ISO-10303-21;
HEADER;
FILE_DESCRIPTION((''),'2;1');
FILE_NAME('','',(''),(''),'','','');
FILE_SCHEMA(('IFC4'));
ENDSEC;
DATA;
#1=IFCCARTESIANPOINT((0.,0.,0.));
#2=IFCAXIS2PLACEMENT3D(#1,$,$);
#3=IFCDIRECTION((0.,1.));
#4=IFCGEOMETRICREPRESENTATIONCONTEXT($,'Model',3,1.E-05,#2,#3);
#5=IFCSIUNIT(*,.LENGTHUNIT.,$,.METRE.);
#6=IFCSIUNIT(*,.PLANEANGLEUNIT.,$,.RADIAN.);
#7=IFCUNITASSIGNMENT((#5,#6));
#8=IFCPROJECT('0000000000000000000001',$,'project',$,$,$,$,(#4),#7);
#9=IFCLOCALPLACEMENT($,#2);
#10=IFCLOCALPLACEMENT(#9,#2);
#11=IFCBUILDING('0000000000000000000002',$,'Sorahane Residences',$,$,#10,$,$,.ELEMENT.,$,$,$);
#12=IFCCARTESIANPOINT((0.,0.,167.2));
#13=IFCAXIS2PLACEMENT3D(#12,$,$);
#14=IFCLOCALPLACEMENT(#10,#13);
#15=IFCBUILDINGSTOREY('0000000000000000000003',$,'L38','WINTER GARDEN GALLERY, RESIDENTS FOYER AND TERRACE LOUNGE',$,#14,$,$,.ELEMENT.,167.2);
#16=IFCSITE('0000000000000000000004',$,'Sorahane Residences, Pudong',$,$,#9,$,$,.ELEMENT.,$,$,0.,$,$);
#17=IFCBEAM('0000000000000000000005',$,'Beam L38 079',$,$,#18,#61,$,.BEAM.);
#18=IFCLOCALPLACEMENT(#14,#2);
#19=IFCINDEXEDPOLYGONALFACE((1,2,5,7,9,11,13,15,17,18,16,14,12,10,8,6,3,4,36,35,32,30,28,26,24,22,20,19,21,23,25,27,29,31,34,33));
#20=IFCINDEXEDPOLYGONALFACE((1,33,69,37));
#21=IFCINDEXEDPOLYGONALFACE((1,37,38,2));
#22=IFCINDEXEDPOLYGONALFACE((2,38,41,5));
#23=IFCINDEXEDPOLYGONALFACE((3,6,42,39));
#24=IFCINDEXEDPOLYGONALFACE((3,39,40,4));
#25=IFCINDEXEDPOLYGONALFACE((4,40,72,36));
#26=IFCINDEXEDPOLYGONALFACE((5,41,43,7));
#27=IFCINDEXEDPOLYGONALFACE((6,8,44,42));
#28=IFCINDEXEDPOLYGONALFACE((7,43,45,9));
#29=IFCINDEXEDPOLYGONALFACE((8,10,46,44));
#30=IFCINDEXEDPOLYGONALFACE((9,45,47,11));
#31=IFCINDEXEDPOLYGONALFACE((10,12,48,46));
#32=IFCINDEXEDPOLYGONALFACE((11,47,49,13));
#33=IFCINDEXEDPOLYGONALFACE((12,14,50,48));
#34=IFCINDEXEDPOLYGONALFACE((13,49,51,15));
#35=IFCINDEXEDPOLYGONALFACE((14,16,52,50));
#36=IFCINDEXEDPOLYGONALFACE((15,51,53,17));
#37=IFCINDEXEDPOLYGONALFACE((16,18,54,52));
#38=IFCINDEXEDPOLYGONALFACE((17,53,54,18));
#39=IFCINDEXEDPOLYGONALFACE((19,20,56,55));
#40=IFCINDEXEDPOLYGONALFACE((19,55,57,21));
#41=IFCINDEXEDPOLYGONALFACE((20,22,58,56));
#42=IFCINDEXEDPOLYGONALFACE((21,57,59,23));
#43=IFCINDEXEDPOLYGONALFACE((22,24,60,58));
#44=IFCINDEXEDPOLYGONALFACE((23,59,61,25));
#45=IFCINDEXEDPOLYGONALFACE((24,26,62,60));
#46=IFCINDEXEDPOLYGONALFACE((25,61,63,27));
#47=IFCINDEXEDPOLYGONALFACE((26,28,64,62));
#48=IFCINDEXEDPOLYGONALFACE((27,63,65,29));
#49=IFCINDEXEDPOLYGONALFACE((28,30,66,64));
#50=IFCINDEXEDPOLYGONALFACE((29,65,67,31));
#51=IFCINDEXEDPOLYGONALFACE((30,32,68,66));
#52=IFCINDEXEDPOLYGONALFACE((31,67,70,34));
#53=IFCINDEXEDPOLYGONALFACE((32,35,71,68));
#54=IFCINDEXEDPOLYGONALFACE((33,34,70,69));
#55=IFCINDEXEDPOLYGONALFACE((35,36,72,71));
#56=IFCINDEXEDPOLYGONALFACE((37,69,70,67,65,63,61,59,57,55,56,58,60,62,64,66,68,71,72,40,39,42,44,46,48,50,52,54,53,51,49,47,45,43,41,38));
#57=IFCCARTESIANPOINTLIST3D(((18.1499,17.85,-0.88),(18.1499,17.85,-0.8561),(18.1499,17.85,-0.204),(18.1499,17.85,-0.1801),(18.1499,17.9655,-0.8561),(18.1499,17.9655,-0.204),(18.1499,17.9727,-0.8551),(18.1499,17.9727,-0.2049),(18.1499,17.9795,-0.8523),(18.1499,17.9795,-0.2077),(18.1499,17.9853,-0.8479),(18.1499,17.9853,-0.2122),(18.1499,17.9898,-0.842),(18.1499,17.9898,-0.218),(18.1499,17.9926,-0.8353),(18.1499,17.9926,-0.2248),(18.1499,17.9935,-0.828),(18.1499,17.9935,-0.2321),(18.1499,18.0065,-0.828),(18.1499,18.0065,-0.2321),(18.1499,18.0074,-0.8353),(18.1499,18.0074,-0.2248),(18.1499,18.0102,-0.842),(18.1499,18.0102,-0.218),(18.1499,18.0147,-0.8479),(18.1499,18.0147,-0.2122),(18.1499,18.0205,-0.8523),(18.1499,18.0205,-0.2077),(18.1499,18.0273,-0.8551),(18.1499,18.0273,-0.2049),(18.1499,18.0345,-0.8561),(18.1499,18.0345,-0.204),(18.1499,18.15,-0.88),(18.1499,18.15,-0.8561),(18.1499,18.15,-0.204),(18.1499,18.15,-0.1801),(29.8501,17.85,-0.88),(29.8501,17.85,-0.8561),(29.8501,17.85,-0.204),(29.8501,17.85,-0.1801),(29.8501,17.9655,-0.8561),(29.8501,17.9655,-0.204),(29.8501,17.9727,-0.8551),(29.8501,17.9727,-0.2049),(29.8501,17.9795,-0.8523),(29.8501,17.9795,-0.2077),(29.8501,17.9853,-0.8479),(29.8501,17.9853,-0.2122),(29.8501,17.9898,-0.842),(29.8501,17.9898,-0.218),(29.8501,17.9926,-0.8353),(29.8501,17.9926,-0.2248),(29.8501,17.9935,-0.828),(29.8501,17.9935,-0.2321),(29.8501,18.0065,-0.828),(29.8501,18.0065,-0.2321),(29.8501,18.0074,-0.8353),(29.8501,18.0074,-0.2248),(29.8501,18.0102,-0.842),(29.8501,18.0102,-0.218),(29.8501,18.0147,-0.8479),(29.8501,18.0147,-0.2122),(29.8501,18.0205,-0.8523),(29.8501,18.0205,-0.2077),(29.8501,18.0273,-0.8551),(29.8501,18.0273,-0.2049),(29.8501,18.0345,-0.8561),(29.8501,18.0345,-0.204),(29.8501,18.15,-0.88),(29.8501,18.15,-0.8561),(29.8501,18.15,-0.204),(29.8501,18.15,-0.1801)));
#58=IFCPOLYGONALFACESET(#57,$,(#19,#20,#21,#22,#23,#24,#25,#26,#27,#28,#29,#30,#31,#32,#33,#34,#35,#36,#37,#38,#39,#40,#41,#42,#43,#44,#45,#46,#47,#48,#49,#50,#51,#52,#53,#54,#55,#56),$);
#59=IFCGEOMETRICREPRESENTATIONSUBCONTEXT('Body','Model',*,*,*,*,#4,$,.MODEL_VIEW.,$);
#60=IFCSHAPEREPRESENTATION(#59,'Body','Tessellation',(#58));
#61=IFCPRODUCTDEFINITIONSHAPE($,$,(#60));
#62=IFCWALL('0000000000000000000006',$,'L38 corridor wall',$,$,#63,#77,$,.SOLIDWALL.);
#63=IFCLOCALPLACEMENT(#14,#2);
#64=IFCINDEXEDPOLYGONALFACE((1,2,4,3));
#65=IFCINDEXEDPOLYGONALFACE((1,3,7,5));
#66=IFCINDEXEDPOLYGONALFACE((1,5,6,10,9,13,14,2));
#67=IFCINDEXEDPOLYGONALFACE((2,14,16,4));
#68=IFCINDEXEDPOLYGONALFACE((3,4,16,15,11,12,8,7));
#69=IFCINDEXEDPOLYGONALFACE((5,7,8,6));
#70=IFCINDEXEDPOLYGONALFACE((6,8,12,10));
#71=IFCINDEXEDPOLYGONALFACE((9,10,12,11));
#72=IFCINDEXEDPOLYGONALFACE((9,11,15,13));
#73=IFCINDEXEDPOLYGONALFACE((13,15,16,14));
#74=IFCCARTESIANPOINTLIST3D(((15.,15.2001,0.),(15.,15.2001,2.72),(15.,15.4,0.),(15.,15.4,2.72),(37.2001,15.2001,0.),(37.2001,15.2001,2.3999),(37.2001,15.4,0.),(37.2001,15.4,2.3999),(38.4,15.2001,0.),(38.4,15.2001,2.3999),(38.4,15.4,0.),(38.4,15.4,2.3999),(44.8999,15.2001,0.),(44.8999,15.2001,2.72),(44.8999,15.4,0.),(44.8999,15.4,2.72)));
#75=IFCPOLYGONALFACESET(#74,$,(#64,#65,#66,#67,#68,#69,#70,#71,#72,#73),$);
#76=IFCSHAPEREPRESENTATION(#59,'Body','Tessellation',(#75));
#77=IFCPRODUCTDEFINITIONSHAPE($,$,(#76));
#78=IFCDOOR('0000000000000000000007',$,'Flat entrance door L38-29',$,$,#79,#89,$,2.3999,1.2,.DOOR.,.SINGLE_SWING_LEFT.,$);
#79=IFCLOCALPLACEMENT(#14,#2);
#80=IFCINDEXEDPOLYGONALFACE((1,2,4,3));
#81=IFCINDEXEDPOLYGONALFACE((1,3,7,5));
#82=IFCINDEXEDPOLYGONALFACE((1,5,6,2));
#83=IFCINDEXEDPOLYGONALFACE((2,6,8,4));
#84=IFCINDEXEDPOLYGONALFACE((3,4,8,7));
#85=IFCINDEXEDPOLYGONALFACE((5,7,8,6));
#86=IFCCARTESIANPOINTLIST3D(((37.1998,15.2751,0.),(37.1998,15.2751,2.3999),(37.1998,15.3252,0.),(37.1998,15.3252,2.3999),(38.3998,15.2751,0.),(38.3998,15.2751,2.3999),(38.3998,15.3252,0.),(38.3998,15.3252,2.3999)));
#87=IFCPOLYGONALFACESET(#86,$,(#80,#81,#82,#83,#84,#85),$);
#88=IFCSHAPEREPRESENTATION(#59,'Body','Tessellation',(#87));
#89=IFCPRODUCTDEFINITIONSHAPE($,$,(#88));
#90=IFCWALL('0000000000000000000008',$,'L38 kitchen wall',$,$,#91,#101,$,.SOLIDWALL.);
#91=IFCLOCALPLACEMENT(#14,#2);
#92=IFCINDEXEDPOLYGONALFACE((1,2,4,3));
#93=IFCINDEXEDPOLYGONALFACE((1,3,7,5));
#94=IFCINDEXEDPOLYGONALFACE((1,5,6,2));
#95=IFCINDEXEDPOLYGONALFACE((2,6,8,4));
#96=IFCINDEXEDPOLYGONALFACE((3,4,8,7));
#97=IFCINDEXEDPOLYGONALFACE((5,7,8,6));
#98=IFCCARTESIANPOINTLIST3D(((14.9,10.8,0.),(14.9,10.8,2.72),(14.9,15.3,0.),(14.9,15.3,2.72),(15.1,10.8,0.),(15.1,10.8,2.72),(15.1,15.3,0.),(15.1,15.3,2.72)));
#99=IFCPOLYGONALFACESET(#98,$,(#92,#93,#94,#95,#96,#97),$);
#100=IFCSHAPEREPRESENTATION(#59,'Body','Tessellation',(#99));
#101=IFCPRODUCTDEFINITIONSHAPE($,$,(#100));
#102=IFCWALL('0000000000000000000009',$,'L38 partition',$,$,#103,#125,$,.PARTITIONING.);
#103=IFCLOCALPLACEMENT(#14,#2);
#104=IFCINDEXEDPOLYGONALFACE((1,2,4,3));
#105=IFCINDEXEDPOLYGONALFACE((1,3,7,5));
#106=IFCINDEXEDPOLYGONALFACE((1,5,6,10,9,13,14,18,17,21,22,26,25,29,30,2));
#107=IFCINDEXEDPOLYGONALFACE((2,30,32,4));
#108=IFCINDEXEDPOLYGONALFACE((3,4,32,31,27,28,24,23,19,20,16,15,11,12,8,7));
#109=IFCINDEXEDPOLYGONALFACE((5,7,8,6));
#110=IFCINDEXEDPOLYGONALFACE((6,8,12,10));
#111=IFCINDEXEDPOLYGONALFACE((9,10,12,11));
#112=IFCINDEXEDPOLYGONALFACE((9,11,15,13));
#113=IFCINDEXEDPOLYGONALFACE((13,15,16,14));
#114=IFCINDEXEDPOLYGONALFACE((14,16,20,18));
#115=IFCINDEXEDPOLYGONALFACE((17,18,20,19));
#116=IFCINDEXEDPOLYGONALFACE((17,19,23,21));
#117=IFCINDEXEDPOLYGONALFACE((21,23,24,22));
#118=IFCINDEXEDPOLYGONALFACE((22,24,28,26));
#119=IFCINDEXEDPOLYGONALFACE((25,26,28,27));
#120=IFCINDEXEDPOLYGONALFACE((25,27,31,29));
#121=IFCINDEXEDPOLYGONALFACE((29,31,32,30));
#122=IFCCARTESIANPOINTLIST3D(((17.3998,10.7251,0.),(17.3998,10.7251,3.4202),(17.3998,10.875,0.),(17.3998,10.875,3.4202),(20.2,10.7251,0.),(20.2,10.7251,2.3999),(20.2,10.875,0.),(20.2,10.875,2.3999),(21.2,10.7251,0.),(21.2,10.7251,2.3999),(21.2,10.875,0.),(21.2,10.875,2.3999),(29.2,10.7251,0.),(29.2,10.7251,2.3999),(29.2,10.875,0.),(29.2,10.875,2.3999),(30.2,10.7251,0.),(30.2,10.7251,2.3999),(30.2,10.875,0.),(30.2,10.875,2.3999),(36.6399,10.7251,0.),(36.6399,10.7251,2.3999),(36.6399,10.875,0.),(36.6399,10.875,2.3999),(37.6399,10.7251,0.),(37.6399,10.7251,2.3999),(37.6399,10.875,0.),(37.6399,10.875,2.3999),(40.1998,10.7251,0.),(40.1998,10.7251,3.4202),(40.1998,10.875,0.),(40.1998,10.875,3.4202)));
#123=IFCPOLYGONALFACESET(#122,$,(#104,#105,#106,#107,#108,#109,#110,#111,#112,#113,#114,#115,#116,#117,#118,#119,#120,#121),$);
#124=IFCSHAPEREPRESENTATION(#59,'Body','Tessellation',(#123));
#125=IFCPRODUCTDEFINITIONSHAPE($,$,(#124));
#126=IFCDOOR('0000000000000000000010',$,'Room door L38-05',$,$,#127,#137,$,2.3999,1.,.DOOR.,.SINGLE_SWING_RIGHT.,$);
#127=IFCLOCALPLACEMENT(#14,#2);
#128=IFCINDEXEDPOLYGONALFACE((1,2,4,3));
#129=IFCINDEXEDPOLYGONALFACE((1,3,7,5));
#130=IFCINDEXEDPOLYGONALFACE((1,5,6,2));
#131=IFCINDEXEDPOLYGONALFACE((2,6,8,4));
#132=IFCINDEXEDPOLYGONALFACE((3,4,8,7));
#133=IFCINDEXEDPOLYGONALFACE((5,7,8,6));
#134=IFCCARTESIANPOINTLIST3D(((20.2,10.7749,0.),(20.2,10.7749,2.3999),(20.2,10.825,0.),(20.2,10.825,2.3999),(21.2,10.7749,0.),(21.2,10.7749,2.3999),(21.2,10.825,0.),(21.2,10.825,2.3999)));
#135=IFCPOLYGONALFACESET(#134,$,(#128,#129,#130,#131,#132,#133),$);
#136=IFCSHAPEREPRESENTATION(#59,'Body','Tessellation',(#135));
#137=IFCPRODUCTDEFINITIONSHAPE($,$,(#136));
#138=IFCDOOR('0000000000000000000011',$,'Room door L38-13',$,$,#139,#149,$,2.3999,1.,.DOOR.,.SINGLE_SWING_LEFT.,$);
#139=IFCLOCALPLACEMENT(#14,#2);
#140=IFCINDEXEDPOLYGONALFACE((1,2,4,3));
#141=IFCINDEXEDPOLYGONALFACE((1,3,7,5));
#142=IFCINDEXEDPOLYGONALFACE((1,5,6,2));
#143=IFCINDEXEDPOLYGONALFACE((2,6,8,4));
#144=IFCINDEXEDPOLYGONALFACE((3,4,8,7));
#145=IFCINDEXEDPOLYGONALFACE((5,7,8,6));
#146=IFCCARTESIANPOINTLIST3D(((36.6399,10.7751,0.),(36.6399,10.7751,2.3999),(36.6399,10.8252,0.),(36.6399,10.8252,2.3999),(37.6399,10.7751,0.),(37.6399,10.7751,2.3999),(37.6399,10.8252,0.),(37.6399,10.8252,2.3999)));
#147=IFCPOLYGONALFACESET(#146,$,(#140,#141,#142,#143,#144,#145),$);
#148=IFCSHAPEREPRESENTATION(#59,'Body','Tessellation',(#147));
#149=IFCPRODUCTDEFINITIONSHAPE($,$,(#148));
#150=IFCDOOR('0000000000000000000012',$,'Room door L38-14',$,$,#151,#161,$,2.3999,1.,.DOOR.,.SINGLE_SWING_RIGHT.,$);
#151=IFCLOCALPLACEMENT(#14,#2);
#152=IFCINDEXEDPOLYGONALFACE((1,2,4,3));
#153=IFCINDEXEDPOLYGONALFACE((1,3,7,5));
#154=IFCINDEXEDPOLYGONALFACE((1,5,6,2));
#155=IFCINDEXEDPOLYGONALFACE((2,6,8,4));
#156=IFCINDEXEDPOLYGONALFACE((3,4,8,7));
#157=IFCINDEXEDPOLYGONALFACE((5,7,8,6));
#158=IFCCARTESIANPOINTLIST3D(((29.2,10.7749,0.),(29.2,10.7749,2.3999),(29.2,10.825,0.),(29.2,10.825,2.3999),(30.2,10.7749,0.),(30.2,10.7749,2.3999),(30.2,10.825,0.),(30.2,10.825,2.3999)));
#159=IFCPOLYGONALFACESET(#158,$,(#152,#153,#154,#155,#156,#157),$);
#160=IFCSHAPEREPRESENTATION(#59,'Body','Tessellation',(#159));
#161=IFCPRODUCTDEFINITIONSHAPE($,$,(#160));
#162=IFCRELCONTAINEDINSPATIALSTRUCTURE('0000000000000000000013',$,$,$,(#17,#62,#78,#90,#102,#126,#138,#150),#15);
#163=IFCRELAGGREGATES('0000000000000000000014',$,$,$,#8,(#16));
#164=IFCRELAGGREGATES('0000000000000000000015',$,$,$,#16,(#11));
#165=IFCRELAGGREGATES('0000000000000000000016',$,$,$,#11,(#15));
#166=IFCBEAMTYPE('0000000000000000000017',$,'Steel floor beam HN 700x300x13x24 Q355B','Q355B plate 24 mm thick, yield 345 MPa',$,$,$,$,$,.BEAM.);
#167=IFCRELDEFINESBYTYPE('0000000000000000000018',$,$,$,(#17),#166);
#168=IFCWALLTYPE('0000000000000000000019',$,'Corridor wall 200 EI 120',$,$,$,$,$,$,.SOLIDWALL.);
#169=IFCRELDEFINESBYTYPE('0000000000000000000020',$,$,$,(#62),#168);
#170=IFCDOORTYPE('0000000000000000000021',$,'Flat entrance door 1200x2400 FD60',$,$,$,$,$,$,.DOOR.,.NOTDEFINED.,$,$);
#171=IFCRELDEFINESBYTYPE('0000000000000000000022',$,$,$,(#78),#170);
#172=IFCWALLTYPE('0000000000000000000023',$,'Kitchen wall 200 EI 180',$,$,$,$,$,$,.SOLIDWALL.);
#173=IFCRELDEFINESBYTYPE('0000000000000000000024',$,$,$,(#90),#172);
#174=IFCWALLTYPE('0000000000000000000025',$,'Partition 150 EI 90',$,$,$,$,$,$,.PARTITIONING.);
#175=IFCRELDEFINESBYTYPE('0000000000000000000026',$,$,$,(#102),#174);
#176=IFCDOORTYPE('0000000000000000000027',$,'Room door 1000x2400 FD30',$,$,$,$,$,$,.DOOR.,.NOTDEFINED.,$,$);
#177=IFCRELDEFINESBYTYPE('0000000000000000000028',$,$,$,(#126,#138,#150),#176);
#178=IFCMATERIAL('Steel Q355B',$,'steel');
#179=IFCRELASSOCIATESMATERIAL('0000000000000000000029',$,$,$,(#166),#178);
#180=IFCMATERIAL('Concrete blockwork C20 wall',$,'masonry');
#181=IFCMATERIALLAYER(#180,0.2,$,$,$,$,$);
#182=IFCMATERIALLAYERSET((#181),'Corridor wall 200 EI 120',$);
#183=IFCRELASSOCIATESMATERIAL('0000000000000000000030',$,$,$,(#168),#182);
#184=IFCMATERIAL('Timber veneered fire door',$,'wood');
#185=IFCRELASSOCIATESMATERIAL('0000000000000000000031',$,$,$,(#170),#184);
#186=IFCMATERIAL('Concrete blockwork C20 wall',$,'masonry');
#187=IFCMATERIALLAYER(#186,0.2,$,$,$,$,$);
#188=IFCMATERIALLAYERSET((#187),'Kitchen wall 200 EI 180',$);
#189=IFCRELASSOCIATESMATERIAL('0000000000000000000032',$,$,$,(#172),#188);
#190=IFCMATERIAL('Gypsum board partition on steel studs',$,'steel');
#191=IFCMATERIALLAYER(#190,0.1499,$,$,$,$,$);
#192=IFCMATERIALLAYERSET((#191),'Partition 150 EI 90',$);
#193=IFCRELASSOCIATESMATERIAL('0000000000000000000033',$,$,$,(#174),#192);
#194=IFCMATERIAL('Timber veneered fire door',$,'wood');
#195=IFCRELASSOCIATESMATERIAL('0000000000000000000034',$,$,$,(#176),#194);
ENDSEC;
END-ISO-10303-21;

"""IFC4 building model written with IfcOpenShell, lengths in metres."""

from ifc_helpers import new_model, si_unit, direction, frame, frame_2d, origin, origin_2d, place, context, subcontext, project, spatial, rectangle, i_section, extrude, material, layer, layer_set, material_profile, profile_set, type_object, element, fill, save


model = new_model("IFC4")

# Units and contexts
model_context = context("Model", 3, precision=1e-05, world=origin(), true_north=direction((0.0, 1.0)))
body_context = subcontext(model_context, "Body", "Model", "MODEL_VIEW")
ifc_project = project(units=[si_unit("LENGTHUNIT", "METRE"), si_unit("PLANEANGLEUNIT", "RADIAN")], contexts=[model_context])

# Site, building, storey
site_placement = place(None, origin())
site = spatial("IfcSite", under=ifc_project, at=site_placement, Name="Sorahane Residences, Pudong", CompositionType="ELEMENT", RefElevation=0.0)
building_placement = place(site_placement, origin())
building = spatial("IfcBuilding", under=site, at=building_placement, Name="Sorahane Residences", CompositionType="ELEMENT")
storey_placement = place(building_placement, frame((0.0, 0.0, 167.2)))
storey = spatial("IfcBuildingStorey", under=building, at=storey_placement, Name="L38", Description="WINTER GARDEN GALLERY, RESIDENTS FOYER AND TERRACE LOUNGE", CompositionType="ELEMENT", Elevation=167.2)

# Beam
ifc_material_1 = material(Name="Steel Q355B", Category="steel")
ifc_material_profile_1 = material_profile(ifc_material_1, i_section(OverallWidth=0.3, OverallDepth=0.7, WebThickness=0.0129, FlangeThickness=0.0239, FilletRadius=0.0281, at=origin_2d()), Name="HN 700x300x13x24")
ifc_profile_set_1 = profile_set([ifc_material_profile_1], Name="Steel Q355B")
beam_type = type_object("IfcBeamType", Name="Steel floor beam HN 700x300x13x24 Q355B", Description="Q355B plate 24 mm thick, yield 345 MPa", PredefinedType="BEAM", material=ifc_profile_set_1)
beam_1_placement = place(storey_placement, frame((18.1499, 18.0, -0.53), z_axis=(1.0, 0.0, 0.0), x_axis=(0.0, 1.0, 0.0)))
element("IfcBeam", 1, at=beam_1_placement, inside=storey, type_object=beam_type, Name="Beam L38 079", PredefinedType="BEAM", context=body_context, shape_type="SweptSolid", body=[
    extrude(i_section(OverallWidth=0.3, OverallDepth=0.7, WebThickness=0.0129, FlangeThickness=0.0239, FilletRadius=0.0281, at=origin_2d()), origin(), (0.0, 0.0, 1.0), 11.7002),
])

# Wall, opening, door
ifc_material_2 = material(Name="Concrete blockwork C20 wall", Category="masonry")
ifc_layer_1 = layer(ifc_material_2, 0.2)
ifc_layer_set_1 = layer_set([ifc_layer_1], Name="Corridor wall 200 EI 120")
wall_type_1 = type_object("IfcWallType", Name="Corridor wall 200 EI 120", PredefinedType="SOLIDWALL", material=ifc_layer_set_1)
wall_1_placement = place(storey_placement, frame((15.0, 15.3, 0.0), z_axis=(0.0, 0.0, 1.0), x_axis=(1.0, 0.0, 0.0)))
wall_1 = element("IfcWall", 2, at=wall_1_placement, inside=storey, type_object=wall_type_1, Name="L38 corridor wall", PredefinedType="SOLIDWALL", context=body_context, shape_type="SweptSolid", body=[
    extrude(rectangle(XDim=29.8999, YDim=0.2, at=frame_2d((14.95, 0.0))), origin(), (0.0, 0.0, 1.0), 2.72),
])
opening_1_placement = place(wall_1_placement, frame((22.2, 0.0, 0.0)))
opening_1 = element("IfcOpeningElement", 3, at=opening_1_placement, cuts=wall_1, PredefinedType="OPENING", context=body_context, shape_type="SweptSolid", body=[
    extrude(rectangle(XDim=1.2, YDim=2.3999, at=frame_2d((0.6001, 1.2))), frame((0.0, 0.1099, 0.0), z_axis=(0.0, -1.0, 0.0), x_axis=(1.0, 0.0, 0.0)), (0.0, 0.0, 1.0), 0.22),
])
ifc_material_3 = material(Name="Timber veneered fire door", Category="wood")
door_type_1 = type_object("IfcDoorType", Name="Flat entrance door 1200x2400 FD60", OperationType="NOTDEFINED", PredefinedType="DOOR", material=ifc_material_3)
door_1_placement = place(opening_1_placement, frame((1.2, 0.0, 0.0), z_axis=(0.0, 0.0, 1.0), x_axis=(-1.0, 0.0, 0.0)))
door_1 = element("IfcDoor", 4, at=door_1_placement, inside=storey, type_object=door_type_1, Name="Flat entrance door L38-29", OperationType="SINGLE_SWING_LEFT", OverallHeight=2.3999, OverallWidth=1.2, PredefinedType="DOOR", context=body_context, shape_type="SweptSolid", body=[
    extrude(rectangle(XDim=1.2, YDim=2.3999, at=frame_2d((0.6001, 1.2))), frame((0.0, 0.0249, 0.0), z_axis=(0.0, -1.0, 0.0), x_axis=(1.0, 0.0, 0.0)), (0.0, 0.0, 1.0), 0.05),
])
fill(opening_1, door_1)

# Wall
ifc_material_4 = material(Name="Concrete blockwork C20 wall", Category="masonry")
ifc_layer_2 = layer(ifc_material_4, 0.2)
ifc_layer_set_2 = layer_set([ifc_layer_2], Name="Kitchen wall 200 EI 180")
wall_type_2 = type_object("IfcWallType", Name="Kitchen wall 200 EI 180", PredefinedType="SOLIDWALL", material=ifc_layer_set_2)
wall_2_placement = place(storey_placement, frame((15.0, 10.8, 0.0), z_axis=(0.0, 0.0, 1.0), x_axis=(0.0, 1.0, 0.0)))
element("IfcWall", 5, at=wall_2_placement, inside=storey, type_object=wall_type_2, Name="L38 kitchen wall", PredefinedType="SOLIDWALL", context=body_context, shape_type="SweptSolid", body=[
    extrude(rectangle(XDim=4.5, YDim=0.2, at=frame_2d((2.25, 0.0))), origin(), (0.0, 0.0, 1.0), 2.72),
])

# Wall, openings, doors
ifc_material_5 = material(Name="Gypsum board partition on steel studs", Category="steel")
ifc_layer_3 = layer(ifc_material_5, 0.1499)
ifc_layer_set_3 = layer_set([ifc_layer_3], Name="Partition 150 EI 90")
wall_type_3 = type_object("IfcWallType", Name="Partition 150 EI 90", PredefinedType="PARTITIONING", material=ifc_layer_set_3)
wall_3_placement = place(storey_placement, frame((17.3999, 10.8, 0.0), z_axis=(0.0, 0.0, 1.0), x_axis=(1.0, 0.0, 0.0)))
wall_3 = element("IfcWall", 6, at=wall_3_placement, inside=storey, type_object=wall_type_3, Name="L38 partition", PredefinedType="PARTITIONING", context=body_context, shape_type="SweptSolid", body=[
    extrude(rectangle(XDim=22.8, YDim=0.1499, at=frame_2d((11.3999, 0.0))), origin(), (0.0, 0.0, 1.0), 3.4202),
])
opening_2_placement = place(wall_3_placement, frame((2.8, 0.0, 0.0)))
opening_2 = element("IfcOpeningElement", 7, at=opening_2_placement, cuts=wall_3, PredefinedType="OPENING", context=body_context, shape_type="SweptSolid", body=[
    extrude(rectangle(XDim=1.0, YDim=2.3999, at=frame_2d((0.5, 1.2))), frame((0.0, 0.085, 0.0), z_axis=(0.0, -1.0, 0.0), x_axis=(1.0, 0.0, 0.0)), (0.0, 0.0, 1.0), 0.1699),
])
opening_3_placement = place(wall_3_placement, frame((19.24, 0.0, 0.0)))
opening_3 = element("IfcOpeningElement", 8, at=opening_3_placement, cuts=wall_3, PredefinedType="OPENING", context=body_context, shape_type="SweptSolid", body=[
    extrude(rectangle(XDim=1.0, YDim=2.3999, at=frame_2d((0.5, 1.2))), frame((0.0, 0.085, 0.0), z_axis=(0.0, -1.0, 0.0), x_axis=(1.0, 0.0, 0.0)), (0.0, 0.0, 1.0), 0.1699),
])
opening_4_placement = place(wall_3_placement, frame((11.8, 0.0, 0.0)))
opening_4 = element("IfcOpeningElement", 9, at=opening_4_placement, cuts=wall_3, PredefinedType="OPENING", context=body_context, shape_type="SweptSolid", body=[
    extrude(rectangle(XDim=1.0, YDim=2.3999, at=frame_2d((0.5, 1.2))), frame((0.0, 0.085, 0.0), z_axis=(0.0, -1.0, 0.0), x_axis=(1.0, 0.0, 0.0)), (0.0, 0.0, 1.0), 0.1699),
])
ifc_material_6 = material(Name="Timber veneered fire door", Category="wood")
door_type_2 = type_object("IfcDoorType", Name="Room door 1000x2400 FD30", OperationType="NOTDEFINED", PredefinedType="DOOR", material=ifc_material_6)
door_2_placement = place(opening_2_placement, origin())
door_2 = element("IfcDoor", 10, at=door_2_placement, inside=storey, type_object=door_type_2, Name="Room door L38-05", OperationType="SINGLE_SWING_RIGHT", OverallHeight=2.3999, OverallWidth=1.0, PredefinedType="DOOR", context=body_context, shape_type="SweptSolid", body=[
    extrude(rectangle(XDim=1.0, YDim=2.3999, at=frame_2d((0.5, 1.2))), frame((0.0, 0.0249, 0.0), z_axis=(0.0, -1.0, 0.0), x_axis=(1.0, 0.0, 0.0)), (0.0, 0.0, 1.0), 0.05),
])
fill(opening_2, door_2)
door_3_placement = place(opening_3_placement, frame((1.0, 0.0, 0.0), z_axis=(0.0, 0.0, 1.0), x_axis=(-1.0, 0.0, 0.0)))
door_3 = element("IfcDoor", 11, at=door_3_placement, inside=storey, type_object=door_type_2, Name="Room door L38-13", OperationType="SINGLE_SWING_LEFT", OverallHeight=2.3999, OverallWidth=1.0, PredefinedType="DOOR", context=body_context, shape_type="SweptSolid", body=[
    extrude(rectangle(XDim=1.0, YDim=2.3999, at=frame_2d((0.5, 1.2))), frame((0.0, 0.0249, 0.0), z_axis=(0.0, -1.0, 0.0), x_axis=(1.0, 0.0, 0.0)), (0.0, 0.0, 1.0), 0.05),
])
fill(opening_3, door_3)
door_4_placement = place(opening_4_placement, origin())
door_4 = element("IfcDoor", 12, at=door_4_placement, inside=storey, type_object=door_type_2, Name="Room door L38-14", OperationType="SINGLE_SWING_RIGHT", OverallHeight=2.3999, OverallWidth=1.0, PredefinedType="DOOR", context=body_context, shape_type="SweptSolid", body=[
    extrude(rectangle(XDim=1.0, YDim=2.3999, at=frame_2d((0.5, 1.2))), frame((0.0, 0.0249, 0.0), z_axis=(0.0, -1.0, 0.0), x_axis=(1.0, 0.0, 0.0)), (0.0, 0.0, 1.0), 0.05),
])
fill(opening_4, door_4)

save(model, "model.ifc")
